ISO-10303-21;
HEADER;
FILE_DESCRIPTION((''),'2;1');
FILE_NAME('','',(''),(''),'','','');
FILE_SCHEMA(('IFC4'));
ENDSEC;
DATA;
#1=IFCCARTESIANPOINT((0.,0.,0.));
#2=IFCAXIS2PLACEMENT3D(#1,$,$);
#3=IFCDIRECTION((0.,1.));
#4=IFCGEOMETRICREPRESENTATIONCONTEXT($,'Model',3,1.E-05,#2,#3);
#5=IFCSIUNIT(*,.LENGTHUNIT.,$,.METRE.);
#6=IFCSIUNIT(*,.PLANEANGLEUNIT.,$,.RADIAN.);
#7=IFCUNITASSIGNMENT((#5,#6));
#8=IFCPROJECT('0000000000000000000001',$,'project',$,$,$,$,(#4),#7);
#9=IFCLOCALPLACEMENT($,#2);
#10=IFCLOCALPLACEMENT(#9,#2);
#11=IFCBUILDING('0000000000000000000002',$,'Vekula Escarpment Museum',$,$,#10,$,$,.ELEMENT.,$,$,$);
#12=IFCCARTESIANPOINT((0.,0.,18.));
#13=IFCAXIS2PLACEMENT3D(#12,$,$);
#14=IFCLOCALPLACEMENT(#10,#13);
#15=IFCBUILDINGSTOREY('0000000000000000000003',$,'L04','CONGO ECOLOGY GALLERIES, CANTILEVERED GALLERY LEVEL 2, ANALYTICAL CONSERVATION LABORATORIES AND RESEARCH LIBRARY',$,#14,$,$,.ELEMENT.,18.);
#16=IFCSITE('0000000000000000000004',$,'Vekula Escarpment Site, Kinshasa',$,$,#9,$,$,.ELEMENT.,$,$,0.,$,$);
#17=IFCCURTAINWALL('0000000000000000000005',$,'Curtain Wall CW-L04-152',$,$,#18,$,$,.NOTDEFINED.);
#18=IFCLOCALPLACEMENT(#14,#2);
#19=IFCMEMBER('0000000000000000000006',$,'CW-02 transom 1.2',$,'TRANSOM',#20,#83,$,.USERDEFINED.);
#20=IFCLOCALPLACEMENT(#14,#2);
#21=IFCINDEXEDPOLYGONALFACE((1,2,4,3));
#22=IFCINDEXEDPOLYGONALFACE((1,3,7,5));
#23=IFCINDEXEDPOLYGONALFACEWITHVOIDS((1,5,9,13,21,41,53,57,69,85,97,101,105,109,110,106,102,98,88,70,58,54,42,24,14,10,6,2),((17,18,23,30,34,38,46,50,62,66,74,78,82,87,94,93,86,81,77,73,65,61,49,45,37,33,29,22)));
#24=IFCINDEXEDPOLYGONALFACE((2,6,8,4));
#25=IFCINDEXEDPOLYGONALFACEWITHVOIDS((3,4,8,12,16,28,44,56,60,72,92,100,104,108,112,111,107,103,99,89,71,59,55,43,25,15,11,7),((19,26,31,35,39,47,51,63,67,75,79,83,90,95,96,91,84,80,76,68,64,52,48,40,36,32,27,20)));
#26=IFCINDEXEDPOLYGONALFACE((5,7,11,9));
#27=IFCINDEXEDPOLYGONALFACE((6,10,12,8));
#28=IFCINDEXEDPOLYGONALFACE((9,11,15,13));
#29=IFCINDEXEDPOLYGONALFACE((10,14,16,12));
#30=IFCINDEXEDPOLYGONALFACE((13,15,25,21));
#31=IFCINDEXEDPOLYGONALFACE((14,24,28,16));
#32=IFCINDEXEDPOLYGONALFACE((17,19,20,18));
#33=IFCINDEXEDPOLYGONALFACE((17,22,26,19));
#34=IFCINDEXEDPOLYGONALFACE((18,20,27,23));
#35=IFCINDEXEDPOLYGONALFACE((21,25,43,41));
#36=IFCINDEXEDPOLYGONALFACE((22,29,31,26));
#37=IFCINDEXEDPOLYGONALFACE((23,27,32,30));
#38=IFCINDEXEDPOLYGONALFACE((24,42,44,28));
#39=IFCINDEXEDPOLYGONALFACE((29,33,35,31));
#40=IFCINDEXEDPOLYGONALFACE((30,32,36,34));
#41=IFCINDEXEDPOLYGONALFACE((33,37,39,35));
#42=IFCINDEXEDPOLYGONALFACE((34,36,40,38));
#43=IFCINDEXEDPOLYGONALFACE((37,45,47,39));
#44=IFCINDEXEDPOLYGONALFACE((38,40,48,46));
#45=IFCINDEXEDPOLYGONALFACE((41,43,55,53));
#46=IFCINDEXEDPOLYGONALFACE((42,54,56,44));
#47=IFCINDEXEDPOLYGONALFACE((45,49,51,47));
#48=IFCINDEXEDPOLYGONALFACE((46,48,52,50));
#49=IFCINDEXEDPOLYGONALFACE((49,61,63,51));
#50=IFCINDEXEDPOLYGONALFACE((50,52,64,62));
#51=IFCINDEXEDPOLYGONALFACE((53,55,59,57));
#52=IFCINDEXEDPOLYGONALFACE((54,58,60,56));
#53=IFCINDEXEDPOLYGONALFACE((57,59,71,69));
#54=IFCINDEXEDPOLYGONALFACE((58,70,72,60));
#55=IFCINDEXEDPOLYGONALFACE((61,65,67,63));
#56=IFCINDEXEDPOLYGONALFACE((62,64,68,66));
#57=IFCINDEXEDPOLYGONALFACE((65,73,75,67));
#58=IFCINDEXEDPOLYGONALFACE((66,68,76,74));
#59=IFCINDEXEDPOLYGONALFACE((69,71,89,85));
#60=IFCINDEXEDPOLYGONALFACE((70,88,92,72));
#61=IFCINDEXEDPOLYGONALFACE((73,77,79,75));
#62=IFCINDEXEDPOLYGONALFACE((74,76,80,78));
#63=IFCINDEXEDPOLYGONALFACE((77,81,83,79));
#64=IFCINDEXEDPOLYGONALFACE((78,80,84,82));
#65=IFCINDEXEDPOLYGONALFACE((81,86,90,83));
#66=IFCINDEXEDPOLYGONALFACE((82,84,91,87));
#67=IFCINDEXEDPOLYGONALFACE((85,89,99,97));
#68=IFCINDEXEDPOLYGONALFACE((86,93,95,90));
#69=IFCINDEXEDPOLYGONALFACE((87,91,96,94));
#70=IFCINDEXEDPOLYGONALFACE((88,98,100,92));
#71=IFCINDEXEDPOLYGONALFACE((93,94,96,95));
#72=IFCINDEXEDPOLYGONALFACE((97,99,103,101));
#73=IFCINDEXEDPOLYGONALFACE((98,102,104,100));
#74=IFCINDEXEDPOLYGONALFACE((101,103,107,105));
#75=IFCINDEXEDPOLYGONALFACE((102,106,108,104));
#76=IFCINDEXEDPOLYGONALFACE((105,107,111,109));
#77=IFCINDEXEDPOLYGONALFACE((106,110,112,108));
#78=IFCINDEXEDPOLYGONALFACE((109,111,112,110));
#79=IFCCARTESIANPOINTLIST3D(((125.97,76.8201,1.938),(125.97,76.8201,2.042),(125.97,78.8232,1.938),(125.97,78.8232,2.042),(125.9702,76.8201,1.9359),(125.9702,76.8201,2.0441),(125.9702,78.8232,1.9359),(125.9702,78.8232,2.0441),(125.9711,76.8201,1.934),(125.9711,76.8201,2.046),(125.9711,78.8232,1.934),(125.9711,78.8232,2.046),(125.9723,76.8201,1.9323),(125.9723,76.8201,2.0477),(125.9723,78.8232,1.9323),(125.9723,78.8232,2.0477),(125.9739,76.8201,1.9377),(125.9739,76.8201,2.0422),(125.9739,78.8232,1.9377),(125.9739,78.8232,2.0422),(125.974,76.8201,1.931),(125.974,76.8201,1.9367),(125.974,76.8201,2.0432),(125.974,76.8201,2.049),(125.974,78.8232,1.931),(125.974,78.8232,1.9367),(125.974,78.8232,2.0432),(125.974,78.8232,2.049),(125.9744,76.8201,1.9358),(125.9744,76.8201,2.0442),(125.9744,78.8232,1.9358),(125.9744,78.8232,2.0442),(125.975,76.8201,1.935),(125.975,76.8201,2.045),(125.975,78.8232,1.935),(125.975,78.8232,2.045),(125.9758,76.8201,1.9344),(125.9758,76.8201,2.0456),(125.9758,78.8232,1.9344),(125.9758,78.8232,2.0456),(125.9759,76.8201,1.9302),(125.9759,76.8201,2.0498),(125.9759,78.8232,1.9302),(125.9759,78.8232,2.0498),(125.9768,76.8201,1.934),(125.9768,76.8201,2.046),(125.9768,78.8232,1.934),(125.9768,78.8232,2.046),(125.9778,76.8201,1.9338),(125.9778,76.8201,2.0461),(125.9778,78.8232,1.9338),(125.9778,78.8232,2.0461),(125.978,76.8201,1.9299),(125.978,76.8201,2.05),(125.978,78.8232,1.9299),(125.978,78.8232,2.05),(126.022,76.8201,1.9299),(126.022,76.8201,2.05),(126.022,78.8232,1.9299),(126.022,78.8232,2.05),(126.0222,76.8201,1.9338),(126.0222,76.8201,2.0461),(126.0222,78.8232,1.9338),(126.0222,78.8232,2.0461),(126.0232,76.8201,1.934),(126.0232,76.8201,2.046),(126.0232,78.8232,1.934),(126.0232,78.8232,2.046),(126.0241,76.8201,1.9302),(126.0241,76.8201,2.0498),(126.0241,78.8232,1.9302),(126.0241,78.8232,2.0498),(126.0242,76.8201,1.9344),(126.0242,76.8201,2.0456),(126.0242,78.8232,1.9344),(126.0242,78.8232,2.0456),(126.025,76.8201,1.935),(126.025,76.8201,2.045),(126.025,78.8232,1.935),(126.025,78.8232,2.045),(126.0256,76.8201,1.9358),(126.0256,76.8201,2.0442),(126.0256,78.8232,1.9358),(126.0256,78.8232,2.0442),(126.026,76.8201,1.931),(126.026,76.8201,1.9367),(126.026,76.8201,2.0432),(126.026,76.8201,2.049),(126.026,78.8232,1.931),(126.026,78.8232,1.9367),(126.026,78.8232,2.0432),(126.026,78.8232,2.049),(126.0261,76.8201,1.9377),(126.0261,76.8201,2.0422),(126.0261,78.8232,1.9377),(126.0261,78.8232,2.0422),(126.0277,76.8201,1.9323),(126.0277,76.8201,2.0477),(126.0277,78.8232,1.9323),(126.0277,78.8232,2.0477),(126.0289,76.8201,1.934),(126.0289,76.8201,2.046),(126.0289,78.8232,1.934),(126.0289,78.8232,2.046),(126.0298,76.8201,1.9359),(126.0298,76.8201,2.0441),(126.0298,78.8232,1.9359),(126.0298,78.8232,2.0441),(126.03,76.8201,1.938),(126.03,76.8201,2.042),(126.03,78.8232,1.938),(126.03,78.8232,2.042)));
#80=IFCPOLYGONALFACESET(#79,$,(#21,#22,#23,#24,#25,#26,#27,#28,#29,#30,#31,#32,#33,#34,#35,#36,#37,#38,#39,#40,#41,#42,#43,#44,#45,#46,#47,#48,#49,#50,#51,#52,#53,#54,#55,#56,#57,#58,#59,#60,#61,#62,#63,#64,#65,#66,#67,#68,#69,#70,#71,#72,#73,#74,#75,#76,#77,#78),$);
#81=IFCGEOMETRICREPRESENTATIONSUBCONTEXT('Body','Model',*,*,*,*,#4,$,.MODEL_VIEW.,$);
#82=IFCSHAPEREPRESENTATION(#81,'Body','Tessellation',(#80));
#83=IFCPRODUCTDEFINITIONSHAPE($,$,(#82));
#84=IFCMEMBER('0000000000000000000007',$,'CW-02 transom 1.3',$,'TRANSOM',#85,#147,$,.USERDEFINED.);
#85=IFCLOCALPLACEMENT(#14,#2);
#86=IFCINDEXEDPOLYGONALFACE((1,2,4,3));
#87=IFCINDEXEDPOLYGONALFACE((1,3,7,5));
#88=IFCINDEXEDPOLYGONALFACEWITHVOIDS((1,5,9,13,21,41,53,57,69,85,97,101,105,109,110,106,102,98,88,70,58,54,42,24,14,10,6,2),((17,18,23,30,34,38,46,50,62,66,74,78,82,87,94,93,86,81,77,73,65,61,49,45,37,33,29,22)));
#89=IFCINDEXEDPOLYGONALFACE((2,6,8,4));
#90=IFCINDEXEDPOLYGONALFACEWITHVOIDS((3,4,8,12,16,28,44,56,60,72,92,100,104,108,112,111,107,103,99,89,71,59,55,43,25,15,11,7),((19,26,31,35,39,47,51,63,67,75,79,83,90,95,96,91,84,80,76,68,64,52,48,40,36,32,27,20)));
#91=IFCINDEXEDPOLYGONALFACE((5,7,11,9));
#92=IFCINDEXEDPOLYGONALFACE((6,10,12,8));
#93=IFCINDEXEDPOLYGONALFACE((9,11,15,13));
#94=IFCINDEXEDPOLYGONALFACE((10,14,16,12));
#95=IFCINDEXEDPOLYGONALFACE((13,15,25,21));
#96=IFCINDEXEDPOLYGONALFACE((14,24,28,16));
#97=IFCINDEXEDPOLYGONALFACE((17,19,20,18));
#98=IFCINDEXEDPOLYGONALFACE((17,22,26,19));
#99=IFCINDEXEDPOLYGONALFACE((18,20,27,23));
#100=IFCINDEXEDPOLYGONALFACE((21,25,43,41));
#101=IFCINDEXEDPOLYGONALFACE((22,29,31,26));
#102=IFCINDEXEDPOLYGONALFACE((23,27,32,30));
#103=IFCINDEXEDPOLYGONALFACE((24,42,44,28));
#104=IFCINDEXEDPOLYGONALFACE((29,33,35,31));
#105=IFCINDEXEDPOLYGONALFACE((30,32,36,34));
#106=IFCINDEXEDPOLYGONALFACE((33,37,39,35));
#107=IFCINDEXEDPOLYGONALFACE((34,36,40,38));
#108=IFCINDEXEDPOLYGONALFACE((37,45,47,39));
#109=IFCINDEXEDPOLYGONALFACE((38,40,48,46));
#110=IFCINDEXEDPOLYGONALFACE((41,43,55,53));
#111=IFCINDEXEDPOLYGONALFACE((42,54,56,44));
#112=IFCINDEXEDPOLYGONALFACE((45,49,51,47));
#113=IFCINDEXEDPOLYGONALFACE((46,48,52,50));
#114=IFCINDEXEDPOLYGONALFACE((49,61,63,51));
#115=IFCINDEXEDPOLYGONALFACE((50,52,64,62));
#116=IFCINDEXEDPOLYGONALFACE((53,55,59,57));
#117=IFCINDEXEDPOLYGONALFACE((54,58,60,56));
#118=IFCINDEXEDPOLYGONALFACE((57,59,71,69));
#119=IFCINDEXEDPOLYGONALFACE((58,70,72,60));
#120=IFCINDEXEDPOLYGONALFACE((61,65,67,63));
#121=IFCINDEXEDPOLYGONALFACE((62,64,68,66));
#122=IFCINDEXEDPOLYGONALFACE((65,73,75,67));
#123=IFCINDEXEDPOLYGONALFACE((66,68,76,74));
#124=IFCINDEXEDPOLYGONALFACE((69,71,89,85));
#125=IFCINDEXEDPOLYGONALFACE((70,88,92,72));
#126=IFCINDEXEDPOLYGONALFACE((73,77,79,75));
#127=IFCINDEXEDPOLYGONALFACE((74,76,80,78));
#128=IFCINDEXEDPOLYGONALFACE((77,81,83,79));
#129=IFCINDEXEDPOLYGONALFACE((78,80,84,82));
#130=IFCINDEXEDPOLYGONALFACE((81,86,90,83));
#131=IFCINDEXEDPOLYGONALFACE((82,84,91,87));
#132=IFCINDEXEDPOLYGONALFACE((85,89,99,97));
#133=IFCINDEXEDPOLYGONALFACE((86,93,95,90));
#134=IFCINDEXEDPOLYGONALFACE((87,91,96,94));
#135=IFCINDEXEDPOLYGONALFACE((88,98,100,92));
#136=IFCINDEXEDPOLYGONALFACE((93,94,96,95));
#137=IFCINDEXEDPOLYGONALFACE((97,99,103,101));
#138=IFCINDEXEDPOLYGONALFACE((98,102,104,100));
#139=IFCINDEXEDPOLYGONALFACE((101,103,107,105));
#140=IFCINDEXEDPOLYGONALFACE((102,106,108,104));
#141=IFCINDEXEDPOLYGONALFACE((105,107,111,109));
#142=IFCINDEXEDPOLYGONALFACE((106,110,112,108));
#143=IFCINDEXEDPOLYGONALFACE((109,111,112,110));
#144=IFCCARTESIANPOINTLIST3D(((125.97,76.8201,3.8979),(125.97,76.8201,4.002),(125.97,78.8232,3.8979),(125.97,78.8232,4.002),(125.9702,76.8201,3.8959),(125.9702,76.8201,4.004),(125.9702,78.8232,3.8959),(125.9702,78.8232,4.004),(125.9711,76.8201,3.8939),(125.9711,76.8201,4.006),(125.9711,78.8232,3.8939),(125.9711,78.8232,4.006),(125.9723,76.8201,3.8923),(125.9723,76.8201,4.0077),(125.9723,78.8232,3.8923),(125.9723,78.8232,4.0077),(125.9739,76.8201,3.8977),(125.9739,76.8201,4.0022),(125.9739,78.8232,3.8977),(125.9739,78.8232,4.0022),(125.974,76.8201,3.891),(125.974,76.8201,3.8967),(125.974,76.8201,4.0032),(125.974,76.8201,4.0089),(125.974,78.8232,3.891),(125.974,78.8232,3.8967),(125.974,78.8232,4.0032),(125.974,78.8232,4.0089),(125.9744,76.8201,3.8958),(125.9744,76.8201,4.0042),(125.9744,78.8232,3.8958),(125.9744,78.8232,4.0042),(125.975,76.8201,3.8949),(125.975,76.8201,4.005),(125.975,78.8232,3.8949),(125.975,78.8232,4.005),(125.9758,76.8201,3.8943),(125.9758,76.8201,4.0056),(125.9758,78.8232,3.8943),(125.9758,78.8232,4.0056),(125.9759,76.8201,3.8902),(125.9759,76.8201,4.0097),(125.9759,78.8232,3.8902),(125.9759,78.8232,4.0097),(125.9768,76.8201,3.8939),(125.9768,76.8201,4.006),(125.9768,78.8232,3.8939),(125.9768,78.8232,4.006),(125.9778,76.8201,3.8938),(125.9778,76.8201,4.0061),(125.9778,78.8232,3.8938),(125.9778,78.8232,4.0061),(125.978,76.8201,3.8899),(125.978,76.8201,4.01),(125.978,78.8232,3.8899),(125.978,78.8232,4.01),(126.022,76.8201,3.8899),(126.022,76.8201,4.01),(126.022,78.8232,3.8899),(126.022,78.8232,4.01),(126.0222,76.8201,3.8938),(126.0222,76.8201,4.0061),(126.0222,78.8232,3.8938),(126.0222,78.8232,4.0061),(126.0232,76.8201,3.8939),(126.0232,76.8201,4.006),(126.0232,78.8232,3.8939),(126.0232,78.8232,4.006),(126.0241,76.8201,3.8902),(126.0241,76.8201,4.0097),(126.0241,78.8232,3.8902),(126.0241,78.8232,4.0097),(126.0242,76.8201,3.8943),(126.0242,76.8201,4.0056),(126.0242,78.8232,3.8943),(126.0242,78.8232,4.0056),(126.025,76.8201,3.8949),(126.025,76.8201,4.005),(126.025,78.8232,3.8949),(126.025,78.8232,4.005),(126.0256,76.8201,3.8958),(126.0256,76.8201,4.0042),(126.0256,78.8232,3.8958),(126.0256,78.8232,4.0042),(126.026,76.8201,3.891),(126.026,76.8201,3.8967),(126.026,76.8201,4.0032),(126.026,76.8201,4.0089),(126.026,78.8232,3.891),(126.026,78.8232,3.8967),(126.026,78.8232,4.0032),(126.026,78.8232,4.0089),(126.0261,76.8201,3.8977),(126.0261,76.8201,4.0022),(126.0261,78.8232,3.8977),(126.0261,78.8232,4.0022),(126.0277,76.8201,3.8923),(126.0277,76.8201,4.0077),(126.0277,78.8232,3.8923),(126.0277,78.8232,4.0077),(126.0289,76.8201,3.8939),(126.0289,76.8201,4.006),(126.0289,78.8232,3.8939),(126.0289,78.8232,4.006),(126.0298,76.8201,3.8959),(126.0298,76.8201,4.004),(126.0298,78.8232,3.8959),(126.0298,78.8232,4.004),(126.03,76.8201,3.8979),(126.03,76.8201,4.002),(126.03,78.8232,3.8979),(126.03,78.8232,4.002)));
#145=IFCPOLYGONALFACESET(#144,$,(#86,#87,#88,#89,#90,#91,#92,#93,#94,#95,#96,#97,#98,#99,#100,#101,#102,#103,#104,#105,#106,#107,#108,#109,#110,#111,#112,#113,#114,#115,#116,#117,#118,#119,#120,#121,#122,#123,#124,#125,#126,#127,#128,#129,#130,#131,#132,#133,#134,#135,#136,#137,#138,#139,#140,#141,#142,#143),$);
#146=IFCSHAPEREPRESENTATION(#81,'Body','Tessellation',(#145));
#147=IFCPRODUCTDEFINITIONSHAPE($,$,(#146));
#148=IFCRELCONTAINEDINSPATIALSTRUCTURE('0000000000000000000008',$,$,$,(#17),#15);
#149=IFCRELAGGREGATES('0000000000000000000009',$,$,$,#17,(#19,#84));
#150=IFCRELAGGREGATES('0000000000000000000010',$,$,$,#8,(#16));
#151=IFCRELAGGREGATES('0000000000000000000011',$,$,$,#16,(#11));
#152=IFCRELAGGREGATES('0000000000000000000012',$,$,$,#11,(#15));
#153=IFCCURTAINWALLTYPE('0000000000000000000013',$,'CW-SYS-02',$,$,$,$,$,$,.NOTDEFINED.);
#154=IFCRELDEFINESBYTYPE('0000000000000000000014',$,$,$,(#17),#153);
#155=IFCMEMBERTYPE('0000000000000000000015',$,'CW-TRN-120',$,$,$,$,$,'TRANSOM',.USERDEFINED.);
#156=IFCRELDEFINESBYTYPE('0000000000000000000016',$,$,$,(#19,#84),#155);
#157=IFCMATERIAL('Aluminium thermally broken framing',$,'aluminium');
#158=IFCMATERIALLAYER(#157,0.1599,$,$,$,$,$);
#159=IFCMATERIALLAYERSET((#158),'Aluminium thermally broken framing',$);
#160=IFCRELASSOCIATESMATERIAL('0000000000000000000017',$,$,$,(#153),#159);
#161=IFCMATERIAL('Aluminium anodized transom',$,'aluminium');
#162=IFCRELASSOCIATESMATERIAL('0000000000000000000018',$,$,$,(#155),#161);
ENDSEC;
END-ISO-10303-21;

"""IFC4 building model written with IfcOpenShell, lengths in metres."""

from ifc_helpers import new_model, si_unit, direction, frame, origin, origin_2d, place, context, subcontext, project, spatial, hollow_rectangle, extrude, material, layer, layer_set, material_profile, profile_set, type_object, element, aggregate, save


model = new_model("IFC4")

# Units and contexts
model_context = context("Model", 3, precision=1e-05, world=origin(), true_north=direction((0.0, 1.0)))
body_context = subcontext(model_context, "Body", "Model", "MODEL_VIEW")
ifc_project = project(units=[si_unit("LENGTHUNIT", "METRE"), si_unit("PLANEANGLEUNIT", "RADIAN")], contexts=[model_context])

# Site, building, storey
site_placement = place(None, origin())
site = spatial("IfcSite", under=ifc_project, at=site_placement, Name="Vekula Escarpment Site, Kinshasa", CompositionType="ELEMENT", RefElevation=0.0)
building_placement = place(site_placement, origin())
building = spatial("IfcBuilding", under=site, at=building_placement, Name="Vekula Escarpment Museum", CompositionType="ELEMENT")
storey_placement = place(building_placement, frame((0.0, 0.0, 18.0)))
storey = spatial("IfcBuildingStorey", under=building, at=storey_placement, Name="L04", Description="CONGO ECOLOGY GALLERIES, CANTILEVERED GALLERY LEVEL 2, ANALYTICAL CONSERVATION LABORATORIES AND RESEARCH LIBRARY", CompositionType="ELEMENT", Elevation=18.0)

# Curtain wall, members
ifc_material_1 = material(Name="Aluminium thermally broken framing", Category="aluminium")
ifc_layer_1 = layer(ifc_material_1, 0.1599)
ifc_layer_set_1 = layer_set([ifc_layer_1], Name="Aluminium thermally broken framing")
curtain_wall_type = type_object("IfcCurtainWallType", Name="CW-SYS-02", PredefinedType="NOTDEFINED", material=ifc_layer_set_1)
curtain_wall_placement = place(storey_placement, origin())
curtain_wall = element("IfcCurtainWall", 1, at=curtain_wall_placement, inside=storey, type_object=curtain_wall_type, Name="Curtain Wall CW-L04-152", PredefinedType="NOTDEFINED")
ifc_material_2 = material(Name="Aluminium anodized transom", Category="aluminium")
ifc_material_profile_1 = material_profile(ifc_material_2, hollow_rectangle(XDim=0.0601, YDim=0.1201, WallThickness=0.0039, InnerFilletRadius=0.0039, OuterFilletRadius=0.0081, at=origin_2d()), Name="ALU 120x60x4")
ifc_profile_set_1 = profile_set([ifc_material_profile_1], Name="Aluminium anodized transom")
member_type_1 = type_object("IfcMemberType", Name="CW-TRN-120", ElementType="TRANSOM", PredefinedType="USERDEFINED", material=ifc_profile_set_1)
member_1_placement = place(storey_placement, frame((126.0, 76.8201, 1.99), z_axis=(0.0, 1.0, 0.0), x_axis=(-1.0, 0.0, 0.0)))
member_1 = element("IfcMember", 2, at=member_1_placement, type_object=member_type_1, Name="CW-02 transom 1.2", ObjectType="TRANSOM", PredefinedType="USERDEFINED", context=body_context, shape_type="SweptSolid", body=[
    extrude(hollow_rectangle(XDim=0.0601, YDim=0.1201, WallThickness=0.0039, InnerFilletRadius=0.0039, OuterFilletRadius=0.0081, at=origin_2d()), origin(), (0.0, 0.0, 1.0), 2.0032),
])
member_2_placement = place(storey_placement, frame((126.0, 76.8201, 3.95), z_axis=(0.0, 1.0, 0.0), x_axis=(-1.0, 0.0, 0.0)))
member_2 = element("IfcMember", 3, at=member_2_placement, type_object=member_type_1, Name="CW-02 transom 1.3", ObjectType="TRANSOM", PredefinedType="USERDEFINED", context=body_context, shape_type="SweptSolid", body=[
    extrude(hollow_rectangle(XDim=0.0601, YDim=0.1201, WallThickness=0.0039, InnerFilletRadius=0.0039, OuterFilletRadius=0.0081, at=origin_2d()), origin(), (0.0, 0.0, 1.0), 2.0032),
])

aggregate(curtain_wall, [member_1, member_2])

save(model, "model.ifc")
